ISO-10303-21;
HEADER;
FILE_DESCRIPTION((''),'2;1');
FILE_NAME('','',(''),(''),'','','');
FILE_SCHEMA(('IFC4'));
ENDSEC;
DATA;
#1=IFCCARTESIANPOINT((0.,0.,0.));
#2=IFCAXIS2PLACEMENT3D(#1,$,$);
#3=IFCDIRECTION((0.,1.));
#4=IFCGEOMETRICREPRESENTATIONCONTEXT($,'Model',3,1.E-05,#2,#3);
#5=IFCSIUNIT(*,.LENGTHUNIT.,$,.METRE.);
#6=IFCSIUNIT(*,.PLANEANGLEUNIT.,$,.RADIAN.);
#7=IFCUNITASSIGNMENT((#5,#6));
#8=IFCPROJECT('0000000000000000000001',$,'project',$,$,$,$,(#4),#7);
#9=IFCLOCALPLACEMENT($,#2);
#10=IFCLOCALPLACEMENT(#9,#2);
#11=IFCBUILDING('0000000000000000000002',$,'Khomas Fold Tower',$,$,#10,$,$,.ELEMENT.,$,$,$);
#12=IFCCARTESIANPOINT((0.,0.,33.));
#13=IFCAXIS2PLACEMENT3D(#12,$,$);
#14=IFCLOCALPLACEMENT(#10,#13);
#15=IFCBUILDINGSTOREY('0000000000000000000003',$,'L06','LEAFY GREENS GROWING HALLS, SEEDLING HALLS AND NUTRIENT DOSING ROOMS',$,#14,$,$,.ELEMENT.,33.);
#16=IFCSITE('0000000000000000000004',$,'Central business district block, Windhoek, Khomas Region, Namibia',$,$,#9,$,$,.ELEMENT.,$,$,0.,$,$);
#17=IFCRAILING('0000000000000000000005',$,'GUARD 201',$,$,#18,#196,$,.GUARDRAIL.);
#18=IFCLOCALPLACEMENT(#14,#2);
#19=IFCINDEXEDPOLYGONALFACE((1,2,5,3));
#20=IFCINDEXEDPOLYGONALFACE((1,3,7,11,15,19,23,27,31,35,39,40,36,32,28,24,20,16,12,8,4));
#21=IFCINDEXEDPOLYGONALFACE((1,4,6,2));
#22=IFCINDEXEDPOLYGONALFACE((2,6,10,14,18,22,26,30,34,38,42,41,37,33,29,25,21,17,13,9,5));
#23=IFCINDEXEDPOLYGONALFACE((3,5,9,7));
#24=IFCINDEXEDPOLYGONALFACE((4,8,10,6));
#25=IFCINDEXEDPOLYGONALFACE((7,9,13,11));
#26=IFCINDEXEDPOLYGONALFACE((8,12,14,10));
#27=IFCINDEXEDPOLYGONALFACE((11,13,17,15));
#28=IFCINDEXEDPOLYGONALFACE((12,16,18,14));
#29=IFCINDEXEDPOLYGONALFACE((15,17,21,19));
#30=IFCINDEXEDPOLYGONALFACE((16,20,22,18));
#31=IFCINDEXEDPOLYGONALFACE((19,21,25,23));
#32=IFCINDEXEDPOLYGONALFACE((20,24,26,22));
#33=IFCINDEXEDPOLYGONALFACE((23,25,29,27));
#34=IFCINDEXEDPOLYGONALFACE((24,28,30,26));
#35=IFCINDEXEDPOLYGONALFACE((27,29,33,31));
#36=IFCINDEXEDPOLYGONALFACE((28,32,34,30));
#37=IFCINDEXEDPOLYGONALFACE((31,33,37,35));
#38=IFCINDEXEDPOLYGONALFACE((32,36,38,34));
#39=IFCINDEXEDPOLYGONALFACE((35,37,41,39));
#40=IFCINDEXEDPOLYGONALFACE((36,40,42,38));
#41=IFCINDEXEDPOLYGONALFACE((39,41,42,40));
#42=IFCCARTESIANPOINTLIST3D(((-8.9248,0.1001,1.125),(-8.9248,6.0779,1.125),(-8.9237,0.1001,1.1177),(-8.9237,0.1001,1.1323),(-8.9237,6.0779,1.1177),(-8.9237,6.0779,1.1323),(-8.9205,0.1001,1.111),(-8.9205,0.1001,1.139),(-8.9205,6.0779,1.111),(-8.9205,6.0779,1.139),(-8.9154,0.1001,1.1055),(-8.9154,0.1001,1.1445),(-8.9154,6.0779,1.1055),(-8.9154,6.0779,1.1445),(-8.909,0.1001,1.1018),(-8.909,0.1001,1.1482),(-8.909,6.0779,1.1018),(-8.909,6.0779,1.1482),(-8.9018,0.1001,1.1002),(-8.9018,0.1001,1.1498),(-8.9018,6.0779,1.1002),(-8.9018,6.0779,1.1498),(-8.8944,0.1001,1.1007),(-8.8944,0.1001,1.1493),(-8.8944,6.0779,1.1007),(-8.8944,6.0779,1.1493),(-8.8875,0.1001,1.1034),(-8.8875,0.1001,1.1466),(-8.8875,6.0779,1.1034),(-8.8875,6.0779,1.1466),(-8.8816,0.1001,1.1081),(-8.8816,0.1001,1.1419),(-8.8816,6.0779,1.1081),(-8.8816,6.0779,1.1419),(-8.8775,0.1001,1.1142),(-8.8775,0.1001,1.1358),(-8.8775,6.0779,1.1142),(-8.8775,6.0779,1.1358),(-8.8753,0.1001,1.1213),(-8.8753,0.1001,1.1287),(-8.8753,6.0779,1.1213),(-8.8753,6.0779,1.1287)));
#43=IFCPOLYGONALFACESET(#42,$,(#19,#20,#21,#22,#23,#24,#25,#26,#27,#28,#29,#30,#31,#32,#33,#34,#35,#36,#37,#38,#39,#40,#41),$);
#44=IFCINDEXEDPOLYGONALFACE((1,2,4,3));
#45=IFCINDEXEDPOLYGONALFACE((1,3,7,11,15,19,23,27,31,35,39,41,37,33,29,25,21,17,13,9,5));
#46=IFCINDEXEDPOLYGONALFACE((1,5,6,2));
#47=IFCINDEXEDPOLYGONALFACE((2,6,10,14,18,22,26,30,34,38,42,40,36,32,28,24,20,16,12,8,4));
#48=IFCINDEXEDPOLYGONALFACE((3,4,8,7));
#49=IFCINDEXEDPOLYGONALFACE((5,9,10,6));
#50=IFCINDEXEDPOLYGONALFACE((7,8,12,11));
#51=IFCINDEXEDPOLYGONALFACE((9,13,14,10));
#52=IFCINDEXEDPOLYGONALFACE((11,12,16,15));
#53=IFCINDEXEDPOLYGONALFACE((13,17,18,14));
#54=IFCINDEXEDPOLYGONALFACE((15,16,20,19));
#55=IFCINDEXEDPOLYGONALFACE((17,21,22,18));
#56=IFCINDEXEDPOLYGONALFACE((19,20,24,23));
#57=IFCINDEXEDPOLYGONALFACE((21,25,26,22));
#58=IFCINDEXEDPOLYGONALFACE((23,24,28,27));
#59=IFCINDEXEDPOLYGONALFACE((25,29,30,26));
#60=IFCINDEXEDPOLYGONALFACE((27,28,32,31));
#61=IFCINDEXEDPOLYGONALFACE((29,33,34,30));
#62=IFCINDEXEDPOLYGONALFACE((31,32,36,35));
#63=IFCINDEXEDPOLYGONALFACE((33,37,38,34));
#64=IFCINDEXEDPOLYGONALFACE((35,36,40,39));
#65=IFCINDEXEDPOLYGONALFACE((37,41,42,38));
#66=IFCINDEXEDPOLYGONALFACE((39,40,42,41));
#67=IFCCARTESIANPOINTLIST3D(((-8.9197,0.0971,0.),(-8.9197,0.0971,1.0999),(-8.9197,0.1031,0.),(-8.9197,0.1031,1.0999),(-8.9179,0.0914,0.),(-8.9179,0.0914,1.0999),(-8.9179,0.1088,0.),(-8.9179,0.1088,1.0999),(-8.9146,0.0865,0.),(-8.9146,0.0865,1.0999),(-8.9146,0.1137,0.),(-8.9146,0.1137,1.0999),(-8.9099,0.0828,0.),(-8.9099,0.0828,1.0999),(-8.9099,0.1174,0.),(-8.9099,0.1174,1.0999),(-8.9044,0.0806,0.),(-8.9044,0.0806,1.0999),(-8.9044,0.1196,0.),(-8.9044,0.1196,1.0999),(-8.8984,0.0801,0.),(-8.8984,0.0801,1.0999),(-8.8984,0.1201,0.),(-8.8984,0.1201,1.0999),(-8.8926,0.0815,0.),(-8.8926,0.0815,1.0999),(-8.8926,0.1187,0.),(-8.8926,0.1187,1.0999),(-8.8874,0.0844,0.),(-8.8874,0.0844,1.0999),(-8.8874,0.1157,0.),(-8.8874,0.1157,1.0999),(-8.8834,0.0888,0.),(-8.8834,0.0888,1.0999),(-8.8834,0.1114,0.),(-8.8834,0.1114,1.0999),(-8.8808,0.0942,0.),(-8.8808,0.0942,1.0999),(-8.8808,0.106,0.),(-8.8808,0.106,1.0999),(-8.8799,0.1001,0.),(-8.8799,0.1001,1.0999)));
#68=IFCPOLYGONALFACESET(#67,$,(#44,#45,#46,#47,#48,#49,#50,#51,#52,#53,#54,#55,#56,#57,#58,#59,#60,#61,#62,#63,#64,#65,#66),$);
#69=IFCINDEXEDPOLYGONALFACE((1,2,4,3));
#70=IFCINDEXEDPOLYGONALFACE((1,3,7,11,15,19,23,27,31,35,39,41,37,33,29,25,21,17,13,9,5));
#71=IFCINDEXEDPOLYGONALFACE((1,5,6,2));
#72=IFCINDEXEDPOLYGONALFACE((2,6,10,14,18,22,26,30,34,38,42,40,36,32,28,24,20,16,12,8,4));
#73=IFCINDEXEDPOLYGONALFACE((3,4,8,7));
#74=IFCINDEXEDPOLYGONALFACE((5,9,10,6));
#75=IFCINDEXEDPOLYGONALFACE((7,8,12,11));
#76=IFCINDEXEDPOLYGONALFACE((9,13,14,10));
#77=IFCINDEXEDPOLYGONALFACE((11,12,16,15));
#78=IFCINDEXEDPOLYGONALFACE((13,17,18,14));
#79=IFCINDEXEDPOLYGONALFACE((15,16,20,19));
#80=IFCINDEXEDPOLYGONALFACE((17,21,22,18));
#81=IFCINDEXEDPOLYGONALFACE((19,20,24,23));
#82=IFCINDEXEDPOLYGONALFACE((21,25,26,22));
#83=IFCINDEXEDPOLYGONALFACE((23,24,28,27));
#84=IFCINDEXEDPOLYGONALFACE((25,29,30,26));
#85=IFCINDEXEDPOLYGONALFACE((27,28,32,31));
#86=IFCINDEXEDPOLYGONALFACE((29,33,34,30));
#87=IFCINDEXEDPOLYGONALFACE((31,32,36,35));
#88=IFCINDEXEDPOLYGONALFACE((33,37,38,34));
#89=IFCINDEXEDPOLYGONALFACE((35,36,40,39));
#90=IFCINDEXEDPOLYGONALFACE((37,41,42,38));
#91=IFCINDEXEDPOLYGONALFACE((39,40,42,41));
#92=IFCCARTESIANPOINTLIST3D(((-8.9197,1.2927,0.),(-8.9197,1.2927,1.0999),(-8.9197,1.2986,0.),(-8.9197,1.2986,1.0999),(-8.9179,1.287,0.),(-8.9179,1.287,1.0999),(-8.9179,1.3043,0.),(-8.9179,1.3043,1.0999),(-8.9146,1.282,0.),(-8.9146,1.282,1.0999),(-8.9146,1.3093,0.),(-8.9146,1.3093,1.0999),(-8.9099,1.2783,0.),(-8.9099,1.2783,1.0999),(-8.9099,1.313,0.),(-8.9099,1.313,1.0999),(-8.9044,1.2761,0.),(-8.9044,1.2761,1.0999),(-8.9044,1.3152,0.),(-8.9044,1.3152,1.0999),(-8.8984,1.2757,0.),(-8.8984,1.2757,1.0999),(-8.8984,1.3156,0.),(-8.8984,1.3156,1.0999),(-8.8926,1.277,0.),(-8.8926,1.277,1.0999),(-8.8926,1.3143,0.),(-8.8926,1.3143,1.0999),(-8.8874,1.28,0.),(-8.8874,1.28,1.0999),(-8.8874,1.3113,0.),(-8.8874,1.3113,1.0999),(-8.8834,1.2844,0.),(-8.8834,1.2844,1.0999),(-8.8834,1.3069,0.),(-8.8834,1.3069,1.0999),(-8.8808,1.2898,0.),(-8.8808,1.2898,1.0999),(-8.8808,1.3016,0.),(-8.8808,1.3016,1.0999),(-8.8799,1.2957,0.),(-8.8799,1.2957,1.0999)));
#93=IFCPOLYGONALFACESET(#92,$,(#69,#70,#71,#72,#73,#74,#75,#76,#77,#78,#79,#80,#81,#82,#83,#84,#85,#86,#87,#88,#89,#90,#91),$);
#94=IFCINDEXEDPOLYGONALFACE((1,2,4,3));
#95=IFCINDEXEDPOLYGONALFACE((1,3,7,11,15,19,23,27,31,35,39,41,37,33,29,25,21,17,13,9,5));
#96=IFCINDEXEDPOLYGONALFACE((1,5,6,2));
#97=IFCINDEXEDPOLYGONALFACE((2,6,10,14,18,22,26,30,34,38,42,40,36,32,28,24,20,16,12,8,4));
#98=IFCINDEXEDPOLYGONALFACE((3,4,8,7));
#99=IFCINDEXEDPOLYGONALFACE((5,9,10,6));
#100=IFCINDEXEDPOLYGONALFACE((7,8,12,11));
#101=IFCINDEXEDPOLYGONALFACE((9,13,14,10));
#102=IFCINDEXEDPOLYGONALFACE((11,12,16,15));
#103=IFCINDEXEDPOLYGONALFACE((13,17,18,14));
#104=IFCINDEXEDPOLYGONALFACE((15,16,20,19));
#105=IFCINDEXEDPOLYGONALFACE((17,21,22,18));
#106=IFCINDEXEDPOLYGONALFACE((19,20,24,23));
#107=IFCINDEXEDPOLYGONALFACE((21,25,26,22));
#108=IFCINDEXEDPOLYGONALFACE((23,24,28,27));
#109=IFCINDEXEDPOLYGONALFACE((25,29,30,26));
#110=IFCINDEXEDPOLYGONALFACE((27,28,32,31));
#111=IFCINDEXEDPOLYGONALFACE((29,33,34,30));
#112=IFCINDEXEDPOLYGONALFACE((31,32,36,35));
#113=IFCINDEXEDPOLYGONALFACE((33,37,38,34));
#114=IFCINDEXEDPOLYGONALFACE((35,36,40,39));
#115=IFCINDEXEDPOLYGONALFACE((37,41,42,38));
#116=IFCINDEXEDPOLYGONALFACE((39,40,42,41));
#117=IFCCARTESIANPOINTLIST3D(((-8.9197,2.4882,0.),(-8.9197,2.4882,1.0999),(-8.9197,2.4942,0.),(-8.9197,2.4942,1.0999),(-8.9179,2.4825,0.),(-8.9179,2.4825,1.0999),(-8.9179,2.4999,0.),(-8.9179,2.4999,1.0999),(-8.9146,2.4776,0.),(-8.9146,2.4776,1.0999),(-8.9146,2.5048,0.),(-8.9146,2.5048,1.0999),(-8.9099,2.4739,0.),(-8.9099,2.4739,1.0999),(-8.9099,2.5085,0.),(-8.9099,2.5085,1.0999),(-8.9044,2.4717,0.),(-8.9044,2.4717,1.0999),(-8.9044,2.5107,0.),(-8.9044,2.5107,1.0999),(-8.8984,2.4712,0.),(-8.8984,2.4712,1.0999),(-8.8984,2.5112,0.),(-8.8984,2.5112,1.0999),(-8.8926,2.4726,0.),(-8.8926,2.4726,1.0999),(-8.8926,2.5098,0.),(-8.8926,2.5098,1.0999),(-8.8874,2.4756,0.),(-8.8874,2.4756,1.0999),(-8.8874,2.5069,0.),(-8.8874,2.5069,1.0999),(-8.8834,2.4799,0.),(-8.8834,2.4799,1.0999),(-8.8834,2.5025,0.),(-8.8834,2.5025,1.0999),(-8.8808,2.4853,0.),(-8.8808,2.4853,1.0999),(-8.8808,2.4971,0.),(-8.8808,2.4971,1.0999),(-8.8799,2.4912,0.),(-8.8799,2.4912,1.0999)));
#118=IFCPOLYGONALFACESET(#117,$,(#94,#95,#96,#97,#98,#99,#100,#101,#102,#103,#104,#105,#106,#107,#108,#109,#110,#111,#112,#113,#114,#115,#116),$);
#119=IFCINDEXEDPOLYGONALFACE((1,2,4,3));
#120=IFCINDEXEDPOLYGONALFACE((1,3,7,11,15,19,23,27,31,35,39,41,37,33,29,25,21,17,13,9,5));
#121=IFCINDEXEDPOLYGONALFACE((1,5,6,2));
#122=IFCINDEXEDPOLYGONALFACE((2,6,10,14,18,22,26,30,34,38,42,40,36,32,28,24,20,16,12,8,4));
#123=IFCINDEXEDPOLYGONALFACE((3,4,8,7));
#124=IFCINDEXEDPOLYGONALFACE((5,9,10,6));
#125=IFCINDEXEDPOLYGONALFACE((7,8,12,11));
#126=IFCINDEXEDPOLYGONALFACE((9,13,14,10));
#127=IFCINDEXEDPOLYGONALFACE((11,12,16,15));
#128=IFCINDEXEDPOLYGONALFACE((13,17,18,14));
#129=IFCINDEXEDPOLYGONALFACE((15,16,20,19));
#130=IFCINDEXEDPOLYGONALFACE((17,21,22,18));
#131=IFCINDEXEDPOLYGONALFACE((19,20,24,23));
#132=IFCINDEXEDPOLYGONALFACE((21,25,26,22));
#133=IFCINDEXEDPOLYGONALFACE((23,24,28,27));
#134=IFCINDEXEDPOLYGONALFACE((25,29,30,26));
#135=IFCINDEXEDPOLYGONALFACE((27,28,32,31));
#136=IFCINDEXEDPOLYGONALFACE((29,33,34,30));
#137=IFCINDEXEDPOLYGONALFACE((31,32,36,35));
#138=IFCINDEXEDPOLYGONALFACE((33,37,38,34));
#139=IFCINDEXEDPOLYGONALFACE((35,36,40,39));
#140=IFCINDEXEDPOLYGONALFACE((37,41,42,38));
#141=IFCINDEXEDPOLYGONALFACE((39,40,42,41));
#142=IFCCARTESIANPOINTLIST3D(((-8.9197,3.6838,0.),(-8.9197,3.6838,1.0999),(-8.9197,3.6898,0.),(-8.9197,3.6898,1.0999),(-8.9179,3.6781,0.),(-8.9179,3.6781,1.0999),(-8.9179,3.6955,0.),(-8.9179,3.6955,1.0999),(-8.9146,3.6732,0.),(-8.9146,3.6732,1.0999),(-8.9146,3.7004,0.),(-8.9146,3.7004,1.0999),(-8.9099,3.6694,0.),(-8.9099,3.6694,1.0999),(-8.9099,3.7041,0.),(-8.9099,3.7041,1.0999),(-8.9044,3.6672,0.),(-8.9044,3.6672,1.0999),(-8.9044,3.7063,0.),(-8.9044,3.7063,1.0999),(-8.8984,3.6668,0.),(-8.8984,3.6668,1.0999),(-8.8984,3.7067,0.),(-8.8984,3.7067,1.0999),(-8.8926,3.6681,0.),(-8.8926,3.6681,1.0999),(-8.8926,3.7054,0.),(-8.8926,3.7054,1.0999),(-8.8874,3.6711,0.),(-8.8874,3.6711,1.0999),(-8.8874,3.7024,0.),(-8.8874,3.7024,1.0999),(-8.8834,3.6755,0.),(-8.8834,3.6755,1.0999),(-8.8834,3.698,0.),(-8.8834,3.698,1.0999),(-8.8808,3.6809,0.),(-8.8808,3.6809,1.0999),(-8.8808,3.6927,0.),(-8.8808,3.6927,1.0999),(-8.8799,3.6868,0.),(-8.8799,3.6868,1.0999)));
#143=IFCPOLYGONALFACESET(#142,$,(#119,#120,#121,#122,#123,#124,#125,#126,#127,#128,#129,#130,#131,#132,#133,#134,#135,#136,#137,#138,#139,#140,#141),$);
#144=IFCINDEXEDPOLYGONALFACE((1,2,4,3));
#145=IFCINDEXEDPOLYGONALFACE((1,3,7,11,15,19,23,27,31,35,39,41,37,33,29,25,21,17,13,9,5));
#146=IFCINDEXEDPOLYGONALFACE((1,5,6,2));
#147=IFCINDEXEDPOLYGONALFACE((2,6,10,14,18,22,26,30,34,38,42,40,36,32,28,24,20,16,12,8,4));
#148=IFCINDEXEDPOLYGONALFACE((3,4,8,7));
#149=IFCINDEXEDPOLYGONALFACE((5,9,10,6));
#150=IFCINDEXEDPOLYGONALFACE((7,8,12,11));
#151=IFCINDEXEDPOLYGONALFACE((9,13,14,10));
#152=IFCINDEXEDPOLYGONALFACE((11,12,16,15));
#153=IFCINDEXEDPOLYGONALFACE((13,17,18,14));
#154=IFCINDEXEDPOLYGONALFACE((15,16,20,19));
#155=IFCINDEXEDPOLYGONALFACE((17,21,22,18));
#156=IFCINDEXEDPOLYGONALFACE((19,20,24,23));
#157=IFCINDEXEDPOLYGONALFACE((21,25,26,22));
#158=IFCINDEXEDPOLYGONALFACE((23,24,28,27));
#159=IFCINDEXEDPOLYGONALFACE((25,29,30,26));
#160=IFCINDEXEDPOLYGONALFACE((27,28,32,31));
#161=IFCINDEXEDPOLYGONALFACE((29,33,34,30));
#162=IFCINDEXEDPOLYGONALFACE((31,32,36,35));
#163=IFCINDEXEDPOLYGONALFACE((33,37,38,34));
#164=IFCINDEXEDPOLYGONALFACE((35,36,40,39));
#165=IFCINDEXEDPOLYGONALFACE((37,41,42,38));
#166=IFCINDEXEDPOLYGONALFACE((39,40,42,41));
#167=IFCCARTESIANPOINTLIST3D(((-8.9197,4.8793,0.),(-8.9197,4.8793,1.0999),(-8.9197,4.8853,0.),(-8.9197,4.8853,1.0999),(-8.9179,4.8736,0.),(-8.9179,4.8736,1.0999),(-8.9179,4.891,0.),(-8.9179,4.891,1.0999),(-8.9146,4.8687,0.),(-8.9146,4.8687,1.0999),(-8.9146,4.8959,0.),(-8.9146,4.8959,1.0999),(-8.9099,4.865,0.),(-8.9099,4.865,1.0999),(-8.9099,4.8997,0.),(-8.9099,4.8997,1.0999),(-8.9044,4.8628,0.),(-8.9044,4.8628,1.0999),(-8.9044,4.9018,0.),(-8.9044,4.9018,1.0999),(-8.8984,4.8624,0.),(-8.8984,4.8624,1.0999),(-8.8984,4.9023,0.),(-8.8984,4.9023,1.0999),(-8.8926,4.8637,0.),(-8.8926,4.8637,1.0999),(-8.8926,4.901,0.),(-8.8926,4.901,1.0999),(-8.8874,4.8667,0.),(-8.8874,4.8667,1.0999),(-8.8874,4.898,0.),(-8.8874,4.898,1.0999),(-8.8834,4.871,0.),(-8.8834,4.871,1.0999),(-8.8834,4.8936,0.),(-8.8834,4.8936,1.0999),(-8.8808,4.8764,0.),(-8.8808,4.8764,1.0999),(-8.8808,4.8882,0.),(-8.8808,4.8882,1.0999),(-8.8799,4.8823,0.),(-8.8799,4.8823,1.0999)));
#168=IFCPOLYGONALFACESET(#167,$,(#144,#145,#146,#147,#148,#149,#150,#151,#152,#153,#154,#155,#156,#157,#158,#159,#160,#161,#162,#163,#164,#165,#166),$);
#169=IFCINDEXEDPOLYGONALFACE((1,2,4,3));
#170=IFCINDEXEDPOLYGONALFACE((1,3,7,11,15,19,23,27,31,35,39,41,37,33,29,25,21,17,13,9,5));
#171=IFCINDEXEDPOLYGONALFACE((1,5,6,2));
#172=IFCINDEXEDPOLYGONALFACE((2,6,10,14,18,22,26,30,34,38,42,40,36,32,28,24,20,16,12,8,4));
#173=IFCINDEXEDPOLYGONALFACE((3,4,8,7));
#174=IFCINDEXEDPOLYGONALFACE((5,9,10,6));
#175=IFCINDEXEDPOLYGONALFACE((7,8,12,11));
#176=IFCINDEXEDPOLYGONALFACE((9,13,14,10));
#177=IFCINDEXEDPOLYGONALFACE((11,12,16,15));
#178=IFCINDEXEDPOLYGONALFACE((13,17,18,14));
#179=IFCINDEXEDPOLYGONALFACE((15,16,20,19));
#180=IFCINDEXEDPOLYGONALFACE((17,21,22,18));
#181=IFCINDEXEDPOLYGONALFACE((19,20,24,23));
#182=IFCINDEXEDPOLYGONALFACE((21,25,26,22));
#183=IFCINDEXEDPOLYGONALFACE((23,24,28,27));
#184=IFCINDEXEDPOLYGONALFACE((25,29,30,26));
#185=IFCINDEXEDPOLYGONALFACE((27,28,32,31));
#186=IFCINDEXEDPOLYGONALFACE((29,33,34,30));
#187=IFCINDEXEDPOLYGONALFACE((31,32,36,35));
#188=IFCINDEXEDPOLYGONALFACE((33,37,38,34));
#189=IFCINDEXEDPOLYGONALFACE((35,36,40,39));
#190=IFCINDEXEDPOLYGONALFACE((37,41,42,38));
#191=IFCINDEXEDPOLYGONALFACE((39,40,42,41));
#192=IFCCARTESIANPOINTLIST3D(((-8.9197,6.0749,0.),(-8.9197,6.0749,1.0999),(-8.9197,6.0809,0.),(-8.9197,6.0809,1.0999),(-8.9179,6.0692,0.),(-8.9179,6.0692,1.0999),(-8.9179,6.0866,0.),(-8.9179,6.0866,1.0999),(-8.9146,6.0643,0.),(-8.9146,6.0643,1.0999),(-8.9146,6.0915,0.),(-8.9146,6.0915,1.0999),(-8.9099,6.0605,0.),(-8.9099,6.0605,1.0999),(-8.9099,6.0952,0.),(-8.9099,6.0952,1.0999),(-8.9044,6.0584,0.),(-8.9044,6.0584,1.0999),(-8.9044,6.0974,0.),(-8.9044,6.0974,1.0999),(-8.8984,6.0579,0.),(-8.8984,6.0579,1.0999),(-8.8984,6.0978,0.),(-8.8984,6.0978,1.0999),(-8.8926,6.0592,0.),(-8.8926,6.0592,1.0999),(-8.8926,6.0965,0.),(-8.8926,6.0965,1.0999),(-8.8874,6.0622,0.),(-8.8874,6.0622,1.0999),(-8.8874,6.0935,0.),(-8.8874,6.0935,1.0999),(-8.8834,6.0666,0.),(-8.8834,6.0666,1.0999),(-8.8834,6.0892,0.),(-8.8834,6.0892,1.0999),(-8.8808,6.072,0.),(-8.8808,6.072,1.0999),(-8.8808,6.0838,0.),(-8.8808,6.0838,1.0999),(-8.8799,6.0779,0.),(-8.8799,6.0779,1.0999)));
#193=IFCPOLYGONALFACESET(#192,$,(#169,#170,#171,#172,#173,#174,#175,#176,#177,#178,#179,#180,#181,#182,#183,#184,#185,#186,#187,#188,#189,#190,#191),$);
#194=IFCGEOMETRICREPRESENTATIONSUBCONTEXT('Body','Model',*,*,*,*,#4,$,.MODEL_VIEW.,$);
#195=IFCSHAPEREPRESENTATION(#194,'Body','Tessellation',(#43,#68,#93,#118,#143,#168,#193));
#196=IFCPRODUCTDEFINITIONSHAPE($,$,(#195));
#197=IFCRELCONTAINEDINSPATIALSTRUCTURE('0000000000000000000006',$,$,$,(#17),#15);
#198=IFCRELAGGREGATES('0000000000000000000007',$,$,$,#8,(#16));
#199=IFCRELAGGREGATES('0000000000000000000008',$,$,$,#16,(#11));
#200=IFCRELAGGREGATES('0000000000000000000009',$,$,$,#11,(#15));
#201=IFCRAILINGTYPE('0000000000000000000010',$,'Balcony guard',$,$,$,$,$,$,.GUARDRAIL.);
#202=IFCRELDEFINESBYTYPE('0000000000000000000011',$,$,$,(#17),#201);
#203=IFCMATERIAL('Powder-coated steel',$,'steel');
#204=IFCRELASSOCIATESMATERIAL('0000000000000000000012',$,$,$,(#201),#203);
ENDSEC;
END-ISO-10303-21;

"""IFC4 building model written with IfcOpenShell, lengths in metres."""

from ifc_helpers import new_model, si_unit, direction, frame, origin, origin_2d, place, context, subcontext, project, spatial, circle, extrude, source, transform, mapped, material, type_object, element, save


model = new_model("IFC4")

# Units and contexts
model_context = context("Model", 3, precision=1e-05, world=origin(), true_north=direction((0.0, 1.0)))
body_context = subcontext(model_context, "Body", "Model", "MODEL_VIEW")
ifc_project = project(units=[si_unit("LENGTHUNIT", "METRE"), si_unit("PLANEANGLEUNIT", "RADIAN")], contexts=[model_context])

# Site, building, storey
site_placement = place(None, origin())
site = spatial("IfcSite", under=ifc_project, at=site_placement, Name="Central business district block, Windhoek, Khomas Region, Namibia", CompositionType="ELEMENT", RefElevation=0.0)
building_placement = place(site_placement, origin())
building = spatial("IfcBuilding", under=site, at=building_placement, Name="Khomas Fold Tower", CompositionType="ELEMENT")
storey_placement = place(building_placement, frame((0.0, 0.0, 33.0)))
storey = spatial("IfcBuildingStorey", under=building, at=storey_placement, Name="L06", Description="LEAFY GREENS GROWING HALLS, SEEDLING HALLS AND NUTRIENT DOSING ROOMS", CompositionType="ELEMENT", Elevation=33.0)

# Railing
ifc_material_1 = material(Name="Powder-coated steel", Category="steel")
railing_type_1 = type_object("IfcRailingType", Name="Balcony guard", PredefinedType="GUARDRAIL", material=ifc_material_1)
shared_shape_1 = source(origin(), body_context, "Body", "SweptSolid", [
    extrude(circle(Radius=0.0249, at=origin_2d()), frame((0.0, 0.0, 1.125), z_axis=(0.0, 1.0, 0.0), x_axis=(-1.0, 0.0, 0.0)), (0.0, 0.0, 1.0), 5.9778),
    extrude(circle(Radius=0.02, at=origin_2d()), origin(), (0.0, 0.0, 1.0), 1.0999),
    extrude(circle(Radius=0.02, at=origin_2d()), frame((0.0, 1.1956, 0.0)), (0.0, 0.0, 1.0), 1.0999),
    extrude(circle(Radius=0.02, at=origin_2d()), frame((0.0, 2.3911, 0.0)), (0.0, 0.0, 1.0), 1.0999),
    extrude(circle(Radius=0.02, at=origin_2d()), frame((0.0, 3.5867, 0.0)), (0.0, 0.0, 1.0), 1.0999),
    extrude(circle(Radius=0.02, at=origin_2d()), frame((0.0, 4.7822, 0.0)), (0.0, 0.0, 1.0), 1.0999),
    extrude(circle(Radius=0.02, at=origin_2d()), frame((0.0, 5.9778, 0.0)), (0.0, 0.0, 1.0), 1.0999),
])
railing_1_placement = place(storey_placement, frame((-8.8999, 0.1001, 0.0)))
element("IfcRailing", 1, at=railing_1_placement, inside=storey, type_object=railing_type_1, Name="GUARD 201", PredefinedType="GUARDRAIL", context=body_context, shape_type="MappedRepresentation", body=[
    mapped(shared_shape_1, transform((0.0, 0.0, 0.0))),
])

save(model, "model.ifc")
